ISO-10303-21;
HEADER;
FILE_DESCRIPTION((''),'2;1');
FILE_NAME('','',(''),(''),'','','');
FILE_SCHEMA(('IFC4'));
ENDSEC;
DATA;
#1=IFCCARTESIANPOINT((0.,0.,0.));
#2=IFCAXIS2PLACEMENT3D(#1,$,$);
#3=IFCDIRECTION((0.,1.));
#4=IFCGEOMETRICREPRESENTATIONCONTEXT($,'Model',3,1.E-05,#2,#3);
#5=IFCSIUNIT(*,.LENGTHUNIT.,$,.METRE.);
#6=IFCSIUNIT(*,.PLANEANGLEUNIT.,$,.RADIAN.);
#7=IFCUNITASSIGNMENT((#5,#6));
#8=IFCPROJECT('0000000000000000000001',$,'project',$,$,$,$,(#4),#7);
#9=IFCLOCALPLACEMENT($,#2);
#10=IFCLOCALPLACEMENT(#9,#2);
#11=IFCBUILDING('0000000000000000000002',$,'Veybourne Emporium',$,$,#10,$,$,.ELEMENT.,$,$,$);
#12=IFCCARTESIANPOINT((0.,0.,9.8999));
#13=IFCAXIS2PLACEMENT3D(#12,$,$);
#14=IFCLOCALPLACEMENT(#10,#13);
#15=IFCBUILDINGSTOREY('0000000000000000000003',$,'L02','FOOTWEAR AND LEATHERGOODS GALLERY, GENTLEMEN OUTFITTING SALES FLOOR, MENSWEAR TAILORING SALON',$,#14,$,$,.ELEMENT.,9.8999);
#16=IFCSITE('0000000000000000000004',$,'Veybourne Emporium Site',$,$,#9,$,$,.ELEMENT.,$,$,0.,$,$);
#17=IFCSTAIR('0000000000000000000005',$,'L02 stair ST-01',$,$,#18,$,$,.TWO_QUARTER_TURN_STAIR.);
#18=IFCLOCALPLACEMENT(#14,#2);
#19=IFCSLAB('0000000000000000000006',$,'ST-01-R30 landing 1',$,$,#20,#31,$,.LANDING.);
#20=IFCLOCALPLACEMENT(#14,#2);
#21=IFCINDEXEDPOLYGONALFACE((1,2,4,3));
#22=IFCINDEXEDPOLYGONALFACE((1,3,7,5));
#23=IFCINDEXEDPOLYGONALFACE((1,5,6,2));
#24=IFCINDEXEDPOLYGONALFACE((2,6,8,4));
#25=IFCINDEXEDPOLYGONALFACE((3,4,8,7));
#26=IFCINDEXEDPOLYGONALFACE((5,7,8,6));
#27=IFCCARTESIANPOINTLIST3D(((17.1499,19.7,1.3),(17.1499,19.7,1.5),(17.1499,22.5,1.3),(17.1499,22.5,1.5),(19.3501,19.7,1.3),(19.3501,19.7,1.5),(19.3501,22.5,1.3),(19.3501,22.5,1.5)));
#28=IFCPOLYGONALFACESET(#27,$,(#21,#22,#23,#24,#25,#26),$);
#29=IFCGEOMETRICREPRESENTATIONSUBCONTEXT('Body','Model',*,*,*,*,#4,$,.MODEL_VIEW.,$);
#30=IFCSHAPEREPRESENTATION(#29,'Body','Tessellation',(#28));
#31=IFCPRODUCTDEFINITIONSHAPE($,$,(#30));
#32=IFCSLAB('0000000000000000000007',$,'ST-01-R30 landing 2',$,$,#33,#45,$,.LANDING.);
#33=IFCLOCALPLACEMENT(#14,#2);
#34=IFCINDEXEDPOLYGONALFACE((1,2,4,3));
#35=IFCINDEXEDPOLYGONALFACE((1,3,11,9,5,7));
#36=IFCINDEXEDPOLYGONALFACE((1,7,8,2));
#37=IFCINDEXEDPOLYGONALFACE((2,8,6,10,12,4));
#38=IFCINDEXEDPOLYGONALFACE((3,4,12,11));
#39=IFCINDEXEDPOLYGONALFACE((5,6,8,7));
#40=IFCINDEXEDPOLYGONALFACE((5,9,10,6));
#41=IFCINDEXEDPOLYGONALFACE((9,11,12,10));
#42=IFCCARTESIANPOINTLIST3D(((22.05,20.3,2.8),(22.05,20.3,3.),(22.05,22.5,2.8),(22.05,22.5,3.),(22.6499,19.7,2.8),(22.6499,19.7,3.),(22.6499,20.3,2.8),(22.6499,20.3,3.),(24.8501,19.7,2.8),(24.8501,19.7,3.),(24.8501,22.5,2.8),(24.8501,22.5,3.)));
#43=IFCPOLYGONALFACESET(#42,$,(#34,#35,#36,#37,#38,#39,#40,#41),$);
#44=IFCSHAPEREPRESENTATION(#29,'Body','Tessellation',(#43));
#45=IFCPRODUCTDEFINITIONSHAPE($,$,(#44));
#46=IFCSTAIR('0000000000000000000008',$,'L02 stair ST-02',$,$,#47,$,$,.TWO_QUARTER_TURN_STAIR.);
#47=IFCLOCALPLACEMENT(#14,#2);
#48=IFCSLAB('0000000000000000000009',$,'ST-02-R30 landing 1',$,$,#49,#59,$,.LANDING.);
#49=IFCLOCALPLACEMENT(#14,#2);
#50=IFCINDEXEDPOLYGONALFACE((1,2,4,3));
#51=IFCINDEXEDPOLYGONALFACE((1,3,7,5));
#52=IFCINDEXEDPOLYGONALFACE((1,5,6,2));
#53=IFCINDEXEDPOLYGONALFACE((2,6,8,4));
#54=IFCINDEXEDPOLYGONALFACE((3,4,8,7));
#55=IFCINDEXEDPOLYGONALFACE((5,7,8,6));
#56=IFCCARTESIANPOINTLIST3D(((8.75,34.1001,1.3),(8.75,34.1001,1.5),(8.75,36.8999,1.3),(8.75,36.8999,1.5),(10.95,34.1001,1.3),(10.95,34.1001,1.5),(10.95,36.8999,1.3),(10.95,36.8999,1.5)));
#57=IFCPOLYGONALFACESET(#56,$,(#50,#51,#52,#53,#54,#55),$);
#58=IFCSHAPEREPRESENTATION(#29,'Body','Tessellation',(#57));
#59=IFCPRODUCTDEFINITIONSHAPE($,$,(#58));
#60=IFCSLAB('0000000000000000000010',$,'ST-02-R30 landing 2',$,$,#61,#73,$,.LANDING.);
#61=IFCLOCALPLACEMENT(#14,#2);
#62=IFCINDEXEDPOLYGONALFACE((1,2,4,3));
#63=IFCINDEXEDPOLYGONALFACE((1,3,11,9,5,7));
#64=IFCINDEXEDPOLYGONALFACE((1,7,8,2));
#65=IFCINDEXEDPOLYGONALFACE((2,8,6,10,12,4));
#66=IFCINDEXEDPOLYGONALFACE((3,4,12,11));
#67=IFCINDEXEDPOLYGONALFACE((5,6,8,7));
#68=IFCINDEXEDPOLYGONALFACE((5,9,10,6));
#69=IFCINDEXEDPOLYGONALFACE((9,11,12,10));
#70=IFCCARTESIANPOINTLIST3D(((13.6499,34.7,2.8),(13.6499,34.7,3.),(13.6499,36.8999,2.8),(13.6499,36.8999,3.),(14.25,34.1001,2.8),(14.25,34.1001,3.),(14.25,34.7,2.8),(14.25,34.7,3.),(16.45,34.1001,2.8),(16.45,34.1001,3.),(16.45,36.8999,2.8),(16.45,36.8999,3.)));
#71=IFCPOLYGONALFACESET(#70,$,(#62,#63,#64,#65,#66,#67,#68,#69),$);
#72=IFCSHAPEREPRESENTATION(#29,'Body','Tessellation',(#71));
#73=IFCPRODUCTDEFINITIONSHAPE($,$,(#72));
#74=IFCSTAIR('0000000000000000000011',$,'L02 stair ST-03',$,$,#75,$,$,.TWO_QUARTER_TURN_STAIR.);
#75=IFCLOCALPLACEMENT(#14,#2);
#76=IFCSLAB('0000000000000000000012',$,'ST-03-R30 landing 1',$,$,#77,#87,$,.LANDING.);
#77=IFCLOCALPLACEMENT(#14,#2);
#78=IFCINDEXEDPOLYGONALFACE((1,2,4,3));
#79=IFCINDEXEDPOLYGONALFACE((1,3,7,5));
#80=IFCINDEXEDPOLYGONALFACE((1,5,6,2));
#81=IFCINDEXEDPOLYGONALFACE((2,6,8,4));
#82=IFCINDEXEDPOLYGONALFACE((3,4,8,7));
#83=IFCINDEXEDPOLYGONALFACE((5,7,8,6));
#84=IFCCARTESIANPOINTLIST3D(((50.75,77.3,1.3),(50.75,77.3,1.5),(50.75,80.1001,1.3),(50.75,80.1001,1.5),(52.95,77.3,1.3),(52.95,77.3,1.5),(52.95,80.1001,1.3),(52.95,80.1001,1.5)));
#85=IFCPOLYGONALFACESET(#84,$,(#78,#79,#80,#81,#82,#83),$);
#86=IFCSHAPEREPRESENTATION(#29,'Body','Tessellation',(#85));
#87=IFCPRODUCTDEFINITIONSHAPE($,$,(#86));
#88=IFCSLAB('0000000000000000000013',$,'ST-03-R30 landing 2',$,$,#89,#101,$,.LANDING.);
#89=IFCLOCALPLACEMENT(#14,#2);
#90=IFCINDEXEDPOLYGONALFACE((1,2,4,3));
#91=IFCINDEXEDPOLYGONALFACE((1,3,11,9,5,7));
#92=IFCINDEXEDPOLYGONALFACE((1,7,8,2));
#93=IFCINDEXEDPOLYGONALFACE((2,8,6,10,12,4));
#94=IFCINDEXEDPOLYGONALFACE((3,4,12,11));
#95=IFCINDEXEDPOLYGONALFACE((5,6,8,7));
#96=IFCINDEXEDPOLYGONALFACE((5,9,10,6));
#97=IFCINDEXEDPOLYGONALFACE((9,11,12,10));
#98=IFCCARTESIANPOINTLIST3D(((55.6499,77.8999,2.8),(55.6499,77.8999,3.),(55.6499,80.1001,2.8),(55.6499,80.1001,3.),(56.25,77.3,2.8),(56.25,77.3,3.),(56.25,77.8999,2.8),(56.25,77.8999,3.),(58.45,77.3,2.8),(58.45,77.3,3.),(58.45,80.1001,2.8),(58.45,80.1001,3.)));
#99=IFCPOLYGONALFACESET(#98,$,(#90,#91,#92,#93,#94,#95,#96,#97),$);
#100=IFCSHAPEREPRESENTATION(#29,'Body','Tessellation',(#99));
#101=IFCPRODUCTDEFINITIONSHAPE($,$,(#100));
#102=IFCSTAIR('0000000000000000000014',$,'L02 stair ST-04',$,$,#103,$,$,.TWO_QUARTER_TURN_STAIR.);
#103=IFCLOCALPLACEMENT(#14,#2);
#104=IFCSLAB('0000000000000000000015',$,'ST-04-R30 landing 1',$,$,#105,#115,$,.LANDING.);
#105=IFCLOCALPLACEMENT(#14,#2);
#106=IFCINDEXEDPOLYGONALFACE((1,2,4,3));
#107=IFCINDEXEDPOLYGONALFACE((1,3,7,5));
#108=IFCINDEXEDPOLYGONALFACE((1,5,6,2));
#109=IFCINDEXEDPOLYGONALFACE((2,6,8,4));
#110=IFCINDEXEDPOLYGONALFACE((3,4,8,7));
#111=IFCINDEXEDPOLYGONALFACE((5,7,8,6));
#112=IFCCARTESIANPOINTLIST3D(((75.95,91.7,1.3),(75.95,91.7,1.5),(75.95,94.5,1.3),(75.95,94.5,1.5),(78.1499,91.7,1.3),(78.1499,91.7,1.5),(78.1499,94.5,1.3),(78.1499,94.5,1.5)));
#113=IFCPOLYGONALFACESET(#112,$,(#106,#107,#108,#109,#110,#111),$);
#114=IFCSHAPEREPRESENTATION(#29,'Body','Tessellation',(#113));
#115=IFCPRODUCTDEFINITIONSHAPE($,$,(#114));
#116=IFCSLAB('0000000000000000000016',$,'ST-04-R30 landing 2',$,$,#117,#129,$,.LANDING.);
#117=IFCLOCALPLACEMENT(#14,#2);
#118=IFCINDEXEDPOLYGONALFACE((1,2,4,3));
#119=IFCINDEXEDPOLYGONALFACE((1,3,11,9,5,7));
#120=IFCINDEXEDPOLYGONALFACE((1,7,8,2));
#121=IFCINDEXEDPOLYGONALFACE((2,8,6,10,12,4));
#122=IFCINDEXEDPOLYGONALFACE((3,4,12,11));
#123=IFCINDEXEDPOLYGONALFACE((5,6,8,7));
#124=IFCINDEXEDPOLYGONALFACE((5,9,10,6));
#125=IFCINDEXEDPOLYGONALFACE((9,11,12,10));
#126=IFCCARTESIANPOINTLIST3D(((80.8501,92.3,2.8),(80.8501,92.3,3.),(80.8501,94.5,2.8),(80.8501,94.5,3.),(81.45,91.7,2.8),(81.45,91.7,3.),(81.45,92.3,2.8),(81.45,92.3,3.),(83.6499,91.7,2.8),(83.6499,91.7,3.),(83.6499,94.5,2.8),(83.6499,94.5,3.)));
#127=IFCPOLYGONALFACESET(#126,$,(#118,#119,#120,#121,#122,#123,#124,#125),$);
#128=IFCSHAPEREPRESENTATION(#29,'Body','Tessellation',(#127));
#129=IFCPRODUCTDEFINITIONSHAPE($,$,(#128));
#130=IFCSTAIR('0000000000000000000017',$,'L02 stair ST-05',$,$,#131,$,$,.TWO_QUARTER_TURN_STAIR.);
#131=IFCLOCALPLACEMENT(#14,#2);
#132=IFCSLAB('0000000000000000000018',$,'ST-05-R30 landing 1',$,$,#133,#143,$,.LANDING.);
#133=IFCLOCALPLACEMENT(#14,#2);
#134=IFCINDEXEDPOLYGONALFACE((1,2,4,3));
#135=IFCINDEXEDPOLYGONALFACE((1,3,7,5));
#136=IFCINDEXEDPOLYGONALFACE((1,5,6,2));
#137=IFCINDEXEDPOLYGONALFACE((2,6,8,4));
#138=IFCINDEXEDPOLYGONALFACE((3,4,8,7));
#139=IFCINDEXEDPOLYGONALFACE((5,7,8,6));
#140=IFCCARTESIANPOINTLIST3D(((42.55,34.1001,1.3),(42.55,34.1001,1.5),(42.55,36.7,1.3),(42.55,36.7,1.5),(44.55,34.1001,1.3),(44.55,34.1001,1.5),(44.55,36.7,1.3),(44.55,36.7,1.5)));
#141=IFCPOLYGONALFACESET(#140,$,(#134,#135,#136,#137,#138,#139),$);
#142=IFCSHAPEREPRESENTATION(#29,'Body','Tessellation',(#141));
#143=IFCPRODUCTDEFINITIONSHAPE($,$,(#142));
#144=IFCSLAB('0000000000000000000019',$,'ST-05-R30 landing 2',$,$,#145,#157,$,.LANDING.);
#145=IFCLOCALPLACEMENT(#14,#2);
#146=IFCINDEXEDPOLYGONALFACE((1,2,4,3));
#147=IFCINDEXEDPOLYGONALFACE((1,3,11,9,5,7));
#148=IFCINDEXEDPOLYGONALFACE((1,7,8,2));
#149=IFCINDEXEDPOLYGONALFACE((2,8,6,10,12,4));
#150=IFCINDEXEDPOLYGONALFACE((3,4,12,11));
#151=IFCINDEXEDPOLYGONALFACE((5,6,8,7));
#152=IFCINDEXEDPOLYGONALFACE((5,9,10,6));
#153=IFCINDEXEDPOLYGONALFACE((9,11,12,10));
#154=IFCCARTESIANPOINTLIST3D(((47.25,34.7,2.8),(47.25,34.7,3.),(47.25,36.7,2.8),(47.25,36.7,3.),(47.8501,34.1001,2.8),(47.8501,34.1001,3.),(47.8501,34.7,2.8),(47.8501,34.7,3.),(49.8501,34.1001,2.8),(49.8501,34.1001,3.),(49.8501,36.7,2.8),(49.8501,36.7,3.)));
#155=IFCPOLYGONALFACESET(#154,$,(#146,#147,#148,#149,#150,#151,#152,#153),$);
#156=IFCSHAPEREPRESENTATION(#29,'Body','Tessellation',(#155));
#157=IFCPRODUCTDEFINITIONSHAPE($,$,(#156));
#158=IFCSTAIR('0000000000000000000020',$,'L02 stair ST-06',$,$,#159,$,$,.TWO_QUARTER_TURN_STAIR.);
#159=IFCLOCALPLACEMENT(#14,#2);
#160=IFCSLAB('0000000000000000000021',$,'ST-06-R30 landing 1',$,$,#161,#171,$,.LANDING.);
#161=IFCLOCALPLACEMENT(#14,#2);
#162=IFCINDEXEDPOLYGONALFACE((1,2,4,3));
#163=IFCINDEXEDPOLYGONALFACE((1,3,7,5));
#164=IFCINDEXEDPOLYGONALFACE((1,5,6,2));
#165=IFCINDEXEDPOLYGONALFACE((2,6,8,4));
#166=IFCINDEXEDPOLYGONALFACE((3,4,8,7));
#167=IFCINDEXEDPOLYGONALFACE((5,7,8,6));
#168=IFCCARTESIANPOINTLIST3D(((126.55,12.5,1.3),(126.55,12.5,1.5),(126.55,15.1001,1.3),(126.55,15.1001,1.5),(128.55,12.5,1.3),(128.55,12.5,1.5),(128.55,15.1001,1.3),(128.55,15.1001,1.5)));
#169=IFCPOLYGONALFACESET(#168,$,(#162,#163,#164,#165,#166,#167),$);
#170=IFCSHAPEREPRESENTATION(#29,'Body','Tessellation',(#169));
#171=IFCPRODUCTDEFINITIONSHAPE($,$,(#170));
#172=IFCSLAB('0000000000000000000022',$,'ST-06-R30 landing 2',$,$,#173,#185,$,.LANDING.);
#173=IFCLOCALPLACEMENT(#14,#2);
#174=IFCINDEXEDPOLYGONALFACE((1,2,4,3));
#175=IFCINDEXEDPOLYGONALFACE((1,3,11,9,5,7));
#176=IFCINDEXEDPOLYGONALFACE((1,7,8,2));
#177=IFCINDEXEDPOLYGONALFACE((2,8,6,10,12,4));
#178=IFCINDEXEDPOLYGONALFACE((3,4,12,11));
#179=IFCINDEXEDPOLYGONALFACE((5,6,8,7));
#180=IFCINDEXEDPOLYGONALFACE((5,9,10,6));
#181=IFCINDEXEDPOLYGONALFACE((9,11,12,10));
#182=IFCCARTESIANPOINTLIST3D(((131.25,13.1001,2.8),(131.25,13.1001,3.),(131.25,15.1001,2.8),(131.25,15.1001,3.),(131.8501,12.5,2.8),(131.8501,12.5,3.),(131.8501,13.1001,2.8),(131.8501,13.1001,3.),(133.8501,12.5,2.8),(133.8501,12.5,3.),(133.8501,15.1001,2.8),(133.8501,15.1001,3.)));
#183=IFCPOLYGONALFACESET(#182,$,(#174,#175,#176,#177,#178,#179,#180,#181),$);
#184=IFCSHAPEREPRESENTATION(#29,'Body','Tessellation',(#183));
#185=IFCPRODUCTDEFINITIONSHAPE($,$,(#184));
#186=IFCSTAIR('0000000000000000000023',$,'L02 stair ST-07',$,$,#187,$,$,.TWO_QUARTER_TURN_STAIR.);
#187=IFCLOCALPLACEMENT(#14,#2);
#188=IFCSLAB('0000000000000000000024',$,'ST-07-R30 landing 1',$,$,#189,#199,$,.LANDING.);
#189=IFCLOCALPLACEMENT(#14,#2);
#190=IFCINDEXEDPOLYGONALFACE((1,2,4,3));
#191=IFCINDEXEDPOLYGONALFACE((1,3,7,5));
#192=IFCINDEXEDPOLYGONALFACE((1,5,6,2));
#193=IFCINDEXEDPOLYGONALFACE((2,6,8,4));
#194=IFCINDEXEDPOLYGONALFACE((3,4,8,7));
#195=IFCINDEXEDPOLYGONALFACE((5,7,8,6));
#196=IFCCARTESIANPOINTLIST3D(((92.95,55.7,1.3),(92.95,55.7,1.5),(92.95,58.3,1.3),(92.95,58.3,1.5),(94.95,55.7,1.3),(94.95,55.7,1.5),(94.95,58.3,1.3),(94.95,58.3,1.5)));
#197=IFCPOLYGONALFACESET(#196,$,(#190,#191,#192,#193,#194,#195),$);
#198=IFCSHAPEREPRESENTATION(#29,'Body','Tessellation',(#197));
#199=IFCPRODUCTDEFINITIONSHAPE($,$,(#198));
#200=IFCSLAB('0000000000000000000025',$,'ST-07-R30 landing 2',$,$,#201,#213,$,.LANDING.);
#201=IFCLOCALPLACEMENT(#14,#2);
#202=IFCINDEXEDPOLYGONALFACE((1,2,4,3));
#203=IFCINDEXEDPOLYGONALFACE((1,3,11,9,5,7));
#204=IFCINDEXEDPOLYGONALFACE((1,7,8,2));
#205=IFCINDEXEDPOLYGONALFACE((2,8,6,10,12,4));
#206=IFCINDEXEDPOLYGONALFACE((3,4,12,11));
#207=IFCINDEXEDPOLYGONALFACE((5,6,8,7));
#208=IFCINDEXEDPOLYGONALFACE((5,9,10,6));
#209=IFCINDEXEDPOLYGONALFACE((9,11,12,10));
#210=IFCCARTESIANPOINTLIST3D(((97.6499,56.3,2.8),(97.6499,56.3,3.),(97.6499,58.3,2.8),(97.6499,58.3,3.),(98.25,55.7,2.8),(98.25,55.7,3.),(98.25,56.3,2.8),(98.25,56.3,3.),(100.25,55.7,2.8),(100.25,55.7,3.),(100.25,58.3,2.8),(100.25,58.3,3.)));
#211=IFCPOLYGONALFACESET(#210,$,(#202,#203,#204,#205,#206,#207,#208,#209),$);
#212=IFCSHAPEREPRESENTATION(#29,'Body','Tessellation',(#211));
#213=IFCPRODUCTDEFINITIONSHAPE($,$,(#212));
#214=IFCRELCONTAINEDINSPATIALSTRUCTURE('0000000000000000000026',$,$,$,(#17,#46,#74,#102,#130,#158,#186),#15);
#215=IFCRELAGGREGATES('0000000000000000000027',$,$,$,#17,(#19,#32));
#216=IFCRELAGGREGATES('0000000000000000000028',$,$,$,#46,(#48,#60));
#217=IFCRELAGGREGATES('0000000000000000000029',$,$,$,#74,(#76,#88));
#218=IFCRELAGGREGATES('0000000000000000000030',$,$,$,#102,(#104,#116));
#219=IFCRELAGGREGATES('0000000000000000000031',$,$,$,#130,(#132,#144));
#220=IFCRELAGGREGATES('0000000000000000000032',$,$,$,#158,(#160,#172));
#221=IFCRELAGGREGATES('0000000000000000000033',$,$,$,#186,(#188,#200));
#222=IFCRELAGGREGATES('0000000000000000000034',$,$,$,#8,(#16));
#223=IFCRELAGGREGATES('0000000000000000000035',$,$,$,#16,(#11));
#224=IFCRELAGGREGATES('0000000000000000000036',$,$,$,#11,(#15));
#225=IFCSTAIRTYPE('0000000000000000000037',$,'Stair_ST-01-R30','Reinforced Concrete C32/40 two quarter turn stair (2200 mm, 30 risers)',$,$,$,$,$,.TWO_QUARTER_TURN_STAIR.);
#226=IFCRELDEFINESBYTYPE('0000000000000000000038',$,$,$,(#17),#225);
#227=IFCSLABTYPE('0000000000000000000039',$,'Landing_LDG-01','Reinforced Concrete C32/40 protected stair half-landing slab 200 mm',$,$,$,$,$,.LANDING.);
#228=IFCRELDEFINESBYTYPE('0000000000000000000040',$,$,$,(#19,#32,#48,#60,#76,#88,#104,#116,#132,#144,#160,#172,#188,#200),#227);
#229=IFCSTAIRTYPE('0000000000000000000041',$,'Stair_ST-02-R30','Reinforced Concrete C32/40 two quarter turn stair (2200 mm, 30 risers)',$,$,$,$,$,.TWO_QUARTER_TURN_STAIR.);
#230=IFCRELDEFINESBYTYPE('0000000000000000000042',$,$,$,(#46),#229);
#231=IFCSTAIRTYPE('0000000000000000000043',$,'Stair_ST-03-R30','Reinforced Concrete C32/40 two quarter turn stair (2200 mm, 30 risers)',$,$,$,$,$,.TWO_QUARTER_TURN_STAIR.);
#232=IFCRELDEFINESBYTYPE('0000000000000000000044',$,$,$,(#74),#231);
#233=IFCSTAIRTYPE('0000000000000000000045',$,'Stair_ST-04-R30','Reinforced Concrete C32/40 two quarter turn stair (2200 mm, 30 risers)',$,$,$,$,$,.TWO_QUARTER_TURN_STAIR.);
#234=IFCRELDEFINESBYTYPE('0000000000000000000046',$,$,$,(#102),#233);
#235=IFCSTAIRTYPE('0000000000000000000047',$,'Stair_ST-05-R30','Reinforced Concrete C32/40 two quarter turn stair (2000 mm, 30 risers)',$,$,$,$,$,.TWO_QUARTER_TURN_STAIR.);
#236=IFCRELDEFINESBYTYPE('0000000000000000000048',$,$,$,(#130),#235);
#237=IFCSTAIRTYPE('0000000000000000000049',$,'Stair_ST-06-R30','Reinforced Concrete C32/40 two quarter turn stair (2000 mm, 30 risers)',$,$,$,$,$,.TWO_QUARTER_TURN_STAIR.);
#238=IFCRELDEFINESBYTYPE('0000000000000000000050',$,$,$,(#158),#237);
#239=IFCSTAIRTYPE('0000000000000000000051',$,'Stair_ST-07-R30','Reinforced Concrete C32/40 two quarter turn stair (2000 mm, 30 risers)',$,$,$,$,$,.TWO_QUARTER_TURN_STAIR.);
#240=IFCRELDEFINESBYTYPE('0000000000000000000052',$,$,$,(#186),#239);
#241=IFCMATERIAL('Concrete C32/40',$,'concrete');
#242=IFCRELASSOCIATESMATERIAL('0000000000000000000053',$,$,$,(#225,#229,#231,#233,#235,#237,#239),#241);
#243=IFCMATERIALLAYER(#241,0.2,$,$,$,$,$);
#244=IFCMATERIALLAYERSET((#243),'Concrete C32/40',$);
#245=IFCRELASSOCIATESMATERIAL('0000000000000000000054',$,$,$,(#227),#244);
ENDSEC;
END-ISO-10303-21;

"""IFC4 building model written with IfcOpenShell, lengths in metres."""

from ifc_helpers import new_model, si_unit, direction, frame, origin, place, context, subcontext, project, spatial, polyline, outline, extrude, material, layer, layer_set, type_object, element, aggregate, save


model = new_model("IFC4")

# Units and contexts
model_context = context("Model", 3, precision=1e-05, world=origin(), true_north=direction((0.0, 1.0)))
body_context = subcontext(model_context, "Body", "Model", "MODEL_VIEW")
ifc_project = project(units=[si_unit("LENGTHUNIT", "METRE"), si_unit("PLANEANGLEUNIT", "RADIAN")], contexts=[model_context])

# Site, building, storey
site_placement = place(None, origin())
site = spatial("IfcSite", under=ifc_project, at=site_placement, Name="Veybourne Emporium Site", CompositionType="ELEMENT", RefElevation=0.0)
building_placement = place(site_placement, origin())
building = spatial("IfcBuilding", under=site, at=building_placement, Name="Veybourne Emporium", CompositionType="ELEMENT")
storey_placement = place(building_placement, frame((0.0, 0.0, 9.8999)))
storey = spatial("IfcBuildingStorey", under=building, at=storey_placement, Name="L02", Description="FOOTWEAR AND LEATHERGOODS GALLERY, GENTLEMEN OUTFITTING SALES FLOOR, MENSWEAR TAILORING SALON", CompositionType="ELEMENT", Elevation=9.8999)

# Stairs, slabs
ifc_material_1 = material(Name="Concrete C32/40", Category="concrete")
stair_type_1 = type_object("IfcStairType", Name="Stair_ST-01-R30", Description="Reinforced Concrete C32/40 two quarter turn stair (2200 mm, 30 risers)", PredefinedType="TWO_QUARTER_TURN_STAIR", material=ifc_material_1)
stair_1_placement = place(storey_placement, origin())
stair_1 = element("IfcStair", 1, at=stair_1_placement, inside=storey, type_object=stair_type_1, Name="L02 stair ST-01", PredefinedType="TWO_QUARTER_TURN_STAIR")
ifc_layer_1 = layer(ifc_material_1, 0.2)
ifc_layer_set_1 = layer_set([ifc_layer_1], Name="Concrete C32/40")
slab_type_1 = type_object("IfcSlabType", Name="Landing_LDG-01", Description="Reinforced Concrete C32/40 protected stair half-landing slab 200 mm", PredefinedType="LANDING", material=ifc_layer_set_1)
slab_1_placement = place(storey_placement, frame((0.0, 0.0, 1.3)))
slab_1 = element("IfcSlab", 2, at=slab_1_placement, type_object=slab_type_1, Name="ST-01-R30 landing 1", PredefinedType="LANDING", context=body_context, shape_type="SweptSolid", body=[
    extrude(outline(polyline([(17.1499, 19.7), (19.3501, 19.7), (19.3501, 22.5), (17.1499, 22.5), (17.1499, 19.7)])), origin(), (0.0, 0.0, 1.0), 0.2),
])
slab_2_placement = place(storey_placement, frame((0.0, 0.0, 2.8)))
slab_2 = element("IfcSlab", 3, at=slab_2_placement, type_object=slab_type_1, Name="ST-01-R30 landing 2", PredefinedType="LANDING", context=body_context, shape_type="SweptSolid", body=[
    extrude(outline(polyline([(22.05, 20.3), (22.6499, 20.3), (22.6499, 19.7), (24.8501, 19.7), (24.8501, 22.5), (22.05, 22.5), (22.05, 20.3)])), origin(), (0.0, 0.0, 1.0), 0.2),
])
aggregate(stair_1, [slab_1, slab_2])
stair_type_2 = type_object("IfcStairType", Name="Stair_ST-02-R30", Description="Reinforced Concrete C32/40 two quarter turn stair (2200 mm, 30 risers)", PredefinedType="TWO_QUARTER_TURN_STAIR", material=ifc_material_1)
stair_2_placement = place(storey_placement, origin())
stair_2 = element("IfcStair", 4, at=stair_2_placement, inside=storey, type_object=stair_type_2, Name="L02 stair ST-02", PredefinedType="TWO_QUARTER_TURN_STAIR")
slab_3_placement = place(storey_placement, frame((0.0, 0.0, 1.3)))
slab_3 = element("IfcSlab", 5, at=slab_3_placement, type_object=slab_type_1, Name="ST-02-R30 landing 1", PredefinedType="LANDING", context=body_context, shape_type="SweptSolid", body=[
    extrude(outline(polyline([(8.75, 34.1001), (10.95, 34.1001), (10.95, 36.8999), (8.75, 36.8999), (8.75, 34.1001)])), origin(), (0.0, 0.0, 1.0), 0.2),
])
slab_4_placement = place(storey_placement, frame((0.0, 0.0, 2.8)))
slab_4 = element("IfcSlab", 6, at=slab_4_placement, type_object=slab_type_1, Name="ST-02-R30 landing 2", PredefinedType="LANDING", context=body_context, shape_type="SweptSolid", body=[
    extrude(outline(polyline([(13.6499, 34.7), (14.25, 34.7), (14.25, 34.1001), (16.45, 34.1001), (16.45, 36.8999), (13.6499, 36.8999), (13.6499, 34.7)])), origin(), (0.0, 0.0, 1.0), 0.2),
])
aggregate(stair_2, [slab_3, slab_4])
stair_type_3 = type_object("IfcStairType", Name="Stair_ST-03-R30", Description="Reinforced Concrete C32/40 two quarter turn stair (2200 mm, 30 risers)", PredefinedType="TWO_QUARTER_TURN_STAIR", material=ifc_material_1)
stair_3_placement = place(storey_placement, origin())
stair_3 = element("IfcStair", 7, at=stair_3_placement, inside=storey, type_object=stair_type_3, Name="L02 stair ST-03", PredefinedType="TWO_QUARTER_TURN_STAIR")
slab_5_placement = place(storey_placement, frame((0.0, 0.0, 1.3)))
slab_5 = element("IfcSlab", 8, at=slab_5_placement, type_object=slab_type_1, Name="ST-03-R30 landing 1", PredefinedType="LANDING", context=body_context, shape_type="SweptSolid", body=[
    extrude(outline(polyline([(50.75, 77.3), (52.95, 77.3), (52.95, 80.1001), (50.75, 80.1001), (50.75, 77.3)])), origin(), (0.0, 0.0, 1.0), 0.2),
])
slab_6_placement = place(storey_placement, frame((0.0, 0.0, 2.8)))
slab_6 = element("IfcSlab", 9, at=slab_6_placement, type_object=slab_type_1, Name="ST-03-R30 landing 2", PredefinedType="LANDING", context=body_context, shape_type="SweptSolid", body=[
    extrude(outline(polyline([(55.6499, 77.8999), (56.25, 77.8999), (56.25, 77.3), (58.45, 77.3), (58.45, 80.1001), (55.6499, 80.1001), (55.6499, 77.8999)])), origin(), (0.0, 0.0, 1.0), 0.2),
])
aggregate(stair_3, [slab_5, slab_6])
stair_type_4 = type_object("IfcStairType", Name="Stair_ST-04-R30", Description="Reinforced Concrete C32/40 two quarter turn stair (2200 mm, 30 risers)", PredefinedType="TWO_QUARTER_TURN_STAIR", material=ifc_material_1)
stair_4_placement = place(storey_placement, origin())
stair_4 = element("IfcStair", 10, at=stair_4_placement, inside=storey, type_object=stair_type_4, Name="L02 stair ST-04", PredefinedType="TWO_QUARTER_TURN_STAIR")
slab_7_placement = place(storey_placement, frame((0.0, 0.0, 1.3)))
slab_7 = element("IfcSlab", 11, at=slab_7_placement, type_object=slab_type_1, Name="ST-04-R30 landing 1", PredefinedType="LANDING", context=body_context, shape_type="SweptSolid", body=[
    extrude(outline(polyline([(75.95, 91.7), (78.1499, 91.7), (78.1499, 94.5), (75.95, 94.5), (75.95, 91.7)])), origin(), (0.0, 0.0, 1.0), 0.2),
])
slab_8_placement = place(storey_placement, frame((0.0, 0.0, 2.8)))
slab_8 = element("IfcSlab", 12, at=slab_8_placement, type_object=slab_type_1, Name="ST-04-R30 landing 2", PredefinedType="LANDING", context=body_context, shape_type="SweptSolid", body=[
    extrude(outline(polyline([(80.8501, 92.3), (81.45, 92.3), (81.45, 91.7), (83.6499, 91.7), (83.6499, 94.5), (80.8501, 94.5), (80.8501, 92.3)])), origin(), (0.0, 0.0, 1.0), 0.2),
])
aggregate(stair_4, [slab_7, slab_8])
stair_type_5 = type_object("IfcStairType", Name="Stair_ST-05-R30", Description="Reinforced Concrete C32/40 two quarter turn stair (2000 mm, 30 risers)", PredefinedType="TWO_QUARTER_TURN_STAIR", material=ifc_material_1)
stair_5_placement = place(storey_placement, origin())
stair_5 = element("IfcStair", 13, at=stair_5_placement, inside=storey, type_object=stair_type_5, Name="L02 stair ST-05", PredefinedType="TWO_QUARTER_TURN_STAIR")
slab_9_placement = place(storey_placement, frame((0.0, 0.0, 1.3)))
slab_9 = element("IfcSlab", 14, at=slab_9_placement, type_object=slab_type_1, Name="ST-05-R30 landing 1", PredefinedType="LANDING", context=body_context, shape_type="SweptSolid", body=[
    extrude(outline(polyline([(42.55, 34.1001), (44.55, 34.1001), (44.55, 36.7), (42.55, 36.7), (42.55, 34.1001)])), origin(), (0.0, 0.0, 1.0), 0.2),
])
slab_10_placement = place(storey_placement, frame((0.0, 0.0, 2.8)))
slab_10 = element("IfcSlab", 15, at=slab_10_placement, type_object=slab_type_1, Name="ST-05-R30 landing 2", PredefinedType="LANDING", context=body_context, shape_type="SweptSolid", body=[
    extrude(outline(polyline([(47.25, 34.7), (47.8501, 34.7), (47.8501, 34.1001), (49.8501, 34.1001), (49.8501, 36.7), (47.25, 36.7), (47.25, 34.7)])), origin(), (0.0, 0.0, 1.0), 0.2),
])
aggregate(stair_5, [slab_9, slab_10])
stair_type_6 = type_object("IfcStairType", Name="Stair_ST-06-R30", Description="Reinforced Concrete C32/40 two quarter turn stair (2000 mm, 30 risers)", PredefinedType="TWO_QUARTER_TURN_STAIR", material=ifc_material_1)
stair_6_placement = place(storey_placement, origin())
stair_6 = element("IfcStair", 16, at=stair_6_placement, inside=storey, type_object=stair_type_6, Name="L02 stair ST-06", PredefinedType="TWO_QUARTER_TURN_STAIR")
slab_11_placement = place(storey_placement, frame((0.0, 0.0, 1.3)))
slab_11 = element("IfcSlab", 17, at=slab_11_placement, type_object=slab_type_1, Name="ST-06-R30 landing 1", PredefinedType="LANDING", context=body_context, shape_type="SweptSolid", body=[
    extrude(outline(polyline([(126.55, 12.5), (128.55, 12.5), (128.55, 15.1001), (126.55, 15.1001), (126.55, 12.5)])), origin(), (0.0, 0.0, 1.0), 0.2),
])
slab_12_placement = place(storey_placement, frame((0.0, 0.0, 2.8)))
slab_12 = element("IfcSlab", 18, at=slab_12_placement, type_object=slab_type_1, Name="ST-06-R30 landing 2", PredefinedType="LANDING", context=body_context, shape_type="SweptSolid", body=[
    extrude(outline(polyline([(131.25, 13.1001), (131.8501, 13.1001), (131.8501, 12.5), (133.8501, 12.5), (133.8501, 15.1001), (131.25, 15.1001), (131.25, 13.1001)])), origin(), (0.0, 0.0, 1.0), 0.2),
])
aggregate(stair_6, [slab_11, slab_12])
stair_type_7 = type_object("IfcStairType", Name="Stair_ST-07-R30", Description="Reinforced Concrete C32/40 two quarter turn stair (2000 mm, 30 risers)", PredefinedType="TWO_QUARTER_TURN_STAIR", material=ifc_material_1)
stair_7_placement = place(storey_placement, origin())
stair_7 = element("IfcStair", 19, at=stair_7_placement, inside=storey, type_object=stair_type_7, Name="L02 stair ST-07", PredefinedType="TWO_QUARTER_TURN_STAIR")
slab_13_placement = place(storey_placement, frame((0.0, 0.0, 1.3)))
slab_13 = element("IfcSlab", 20, at=slab_13_placement, type_object=slab_type_1, Name="ST-07-R30 landing 1", PredefinedType="LANDING", context=body_context, shape_type="SweptSolid", body=[
    extrude(outline(polyline([(92.95, 55.7), (94.95, 55.7), (94.95, 58.3), (92.95, 58.3), (92.95, 55.7)])), origin(), (0.0, 0.0, 1.0), 0.2),
])
slab_14_placement = place(storey_placement, frame((0.0, 0.0, 2.8)))
slab_14 = element("IfcSlab", 21, at=slab_14_placement, type_object=slab_type_1, Name="ST-07-R30 landing 2", PredefinedType="LANDING", context=body_context, shape_type="SweptSolid", body=[
    extrude(outline(polyline([(97.6499, 56.3), (98.25, 56.3), (98.25, 55.7), (100.25, 55.7), (100.25, 58.3), (97.6499, 58.3), (97.6499, 56.3)])), origin(), (0.0, 0.0, 1.0), 0.2),
])
aggregate(stair_7, [slab_13, slab_14])

save(model, "model.ifc")
